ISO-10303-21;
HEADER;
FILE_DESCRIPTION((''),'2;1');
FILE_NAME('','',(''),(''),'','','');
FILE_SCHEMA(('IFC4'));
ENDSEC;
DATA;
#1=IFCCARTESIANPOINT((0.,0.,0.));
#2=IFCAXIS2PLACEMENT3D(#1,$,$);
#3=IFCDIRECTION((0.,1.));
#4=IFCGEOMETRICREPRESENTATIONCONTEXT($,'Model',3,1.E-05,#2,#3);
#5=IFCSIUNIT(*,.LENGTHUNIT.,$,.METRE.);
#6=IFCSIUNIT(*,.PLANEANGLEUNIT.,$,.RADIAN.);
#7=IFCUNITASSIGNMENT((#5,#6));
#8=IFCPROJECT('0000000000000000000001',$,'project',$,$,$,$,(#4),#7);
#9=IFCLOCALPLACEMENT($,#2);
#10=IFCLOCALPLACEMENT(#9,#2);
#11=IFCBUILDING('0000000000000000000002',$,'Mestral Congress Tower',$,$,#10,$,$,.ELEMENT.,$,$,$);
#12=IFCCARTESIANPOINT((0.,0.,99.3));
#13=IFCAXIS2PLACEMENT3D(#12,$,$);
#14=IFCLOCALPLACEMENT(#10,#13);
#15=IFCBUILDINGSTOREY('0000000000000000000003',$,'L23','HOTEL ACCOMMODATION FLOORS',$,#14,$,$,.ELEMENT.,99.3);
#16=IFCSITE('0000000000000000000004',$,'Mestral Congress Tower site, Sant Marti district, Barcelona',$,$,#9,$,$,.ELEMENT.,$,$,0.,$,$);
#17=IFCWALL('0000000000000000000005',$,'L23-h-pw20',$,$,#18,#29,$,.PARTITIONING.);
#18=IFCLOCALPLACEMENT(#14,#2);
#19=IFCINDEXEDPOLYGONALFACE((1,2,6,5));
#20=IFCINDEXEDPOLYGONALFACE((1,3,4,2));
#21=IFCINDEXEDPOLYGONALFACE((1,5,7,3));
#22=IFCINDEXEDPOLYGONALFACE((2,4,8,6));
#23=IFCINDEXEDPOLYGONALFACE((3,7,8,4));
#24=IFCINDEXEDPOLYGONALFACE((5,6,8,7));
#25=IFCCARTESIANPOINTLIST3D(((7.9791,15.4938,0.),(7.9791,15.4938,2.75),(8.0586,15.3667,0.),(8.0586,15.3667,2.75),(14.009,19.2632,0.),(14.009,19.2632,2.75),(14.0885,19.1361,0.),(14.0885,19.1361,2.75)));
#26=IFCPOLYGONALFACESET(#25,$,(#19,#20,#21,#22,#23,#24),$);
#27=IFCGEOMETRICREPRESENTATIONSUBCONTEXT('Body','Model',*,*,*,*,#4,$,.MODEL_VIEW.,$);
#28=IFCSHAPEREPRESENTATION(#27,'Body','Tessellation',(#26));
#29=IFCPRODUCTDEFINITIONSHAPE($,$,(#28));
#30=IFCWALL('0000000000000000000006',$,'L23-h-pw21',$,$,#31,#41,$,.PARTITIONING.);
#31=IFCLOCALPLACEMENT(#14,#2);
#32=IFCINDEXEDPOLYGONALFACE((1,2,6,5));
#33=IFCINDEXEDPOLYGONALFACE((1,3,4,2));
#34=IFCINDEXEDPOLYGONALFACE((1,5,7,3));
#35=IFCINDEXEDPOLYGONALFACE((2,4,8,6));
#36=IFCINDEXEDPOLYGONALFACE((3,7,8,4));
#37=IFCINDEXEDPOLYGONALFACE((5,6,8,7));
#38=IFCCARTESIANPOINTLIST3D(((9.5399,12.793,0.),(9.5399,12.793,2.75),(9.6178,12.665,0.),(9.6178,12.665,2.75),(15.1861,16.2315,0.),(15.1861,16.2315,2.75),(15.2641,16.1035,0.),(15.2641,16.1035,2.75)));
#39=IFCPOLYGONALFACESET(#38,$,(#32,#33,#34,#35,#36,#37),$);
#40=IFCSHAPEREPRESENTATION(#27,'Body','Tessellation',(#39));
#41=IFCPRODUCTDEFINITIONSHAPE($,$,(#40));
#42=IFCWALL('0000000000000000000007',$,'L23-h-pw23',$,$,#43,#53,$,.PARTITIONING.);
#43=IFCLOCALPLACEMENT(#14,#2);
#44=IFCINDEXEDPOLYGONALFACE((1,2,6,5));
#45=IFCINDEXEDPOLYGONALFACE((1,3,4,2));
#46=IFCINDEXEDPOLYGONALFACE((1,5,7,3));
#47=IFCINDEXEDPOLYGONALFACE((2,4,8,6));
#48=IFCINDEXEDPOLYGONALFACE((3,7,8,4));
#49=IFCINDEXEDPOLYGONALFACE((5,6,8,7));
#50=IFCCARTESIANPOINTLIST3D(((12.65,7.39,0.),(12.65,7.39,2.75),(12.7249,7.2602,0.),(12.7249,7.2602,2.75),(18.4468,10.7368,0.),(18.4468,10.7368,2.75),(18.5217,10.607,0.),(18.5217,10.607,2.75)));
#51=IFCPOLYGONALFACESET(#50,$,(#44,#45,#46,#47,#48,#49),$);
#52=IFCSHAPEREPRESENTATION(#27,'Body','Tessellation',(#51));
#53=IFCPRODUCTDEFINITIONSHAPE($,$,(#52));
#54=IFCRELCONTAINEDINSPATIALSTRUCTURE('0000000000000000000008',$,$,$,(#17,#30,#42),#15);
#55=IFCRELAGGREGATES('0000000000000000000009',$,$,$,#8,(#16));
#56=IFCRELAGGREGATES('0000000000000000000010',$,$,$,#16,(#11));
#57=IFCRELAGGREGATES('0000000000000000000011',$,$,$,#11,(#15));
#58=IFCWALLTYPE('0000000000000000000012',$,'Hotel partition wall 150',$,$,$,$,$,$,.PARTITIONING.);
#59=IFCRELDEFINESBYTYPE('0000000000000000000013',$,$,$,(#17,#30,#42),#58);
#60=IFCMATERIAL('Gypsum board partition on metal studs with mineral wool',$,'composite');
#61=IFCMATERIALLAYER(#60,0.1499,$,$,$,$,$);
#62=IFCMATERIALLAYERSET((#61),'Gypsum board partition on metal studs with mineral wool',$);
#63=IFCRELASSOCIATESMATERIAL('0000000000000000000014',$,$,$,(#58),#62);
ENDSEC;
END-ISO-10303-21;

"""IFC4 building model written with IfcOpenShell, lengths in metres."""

from ifc_helpers import new_model, si_unit, direction, frame, frame_2d, origin, place, context, subcontext, project, spatial, rectangle, extrude, material, layer, layer_set, type_object, element, save


model = new_model("IFC4")

# Units and contexts
model_context = context("Model", 3, precision=1e-05, world=origin(), true_north=direction((0.0, 1.0)))
body_context = subcontext(model_context, "Body", "Model", "MODEL_VIEW")
ifc_project = project(units=[si_unit("LENGTHUNIT", "METRE"), si_unit("PLANEANGLEUNIT", "RADIAN")], contexts=[model_context])

# Site, building, storey
site_placement = place(None, origin())
site = spatial("IfcSite", under=ifc_project, at=site_placement, Name="Mestral Congress Tower site, Sant Marti district, Barcelona", CompositionType="ELEMENT", RefElevation=0.0)
building_placement = place(site_placement, origin())
building = spatial("IfcBuilding", under=site, at=building_placement, Name="Mestral Congress Tower", CompositionType="ELEMENT")
storey_placement = place(building_placement, frame((0.0, 0.0, 99.3)))
storey = spatial("IfcBuildingStorey", under=building, at=storey_placement, Name="L23", Description="HOTEL ACCOMMODATION FLOORS", CompositionType="ELEMENT", Elevation=99.3)

# Walls
ifc_material_1 = material(Name="Gypsum board partition on metal studs with mineral wool", Category="composite")
ifc_layer_1 = layer(ifc_material_1, 0.1499)
ifc_layer_set_1 = layer_set([ifc_layer_1], Name="Gypsum board partition on metal studs with mineral wool")
wall_type_1 = type_object("IfcWallType", Name="Hotel partition wall 150", PredefinedType="PARTITIONING", material=ifc_layer_set_1)
wall_1_placement = place(storey_placement, frame((14.0488, 19.1997, 0.0), z_axis=(0.0, 0.0, 1.0), x_axis=(-0.847956, -0.530067, 0.0)))
element("IfcWall", 1, at=wall_1_placement, inside=storey, type_object=wall_type_1, Name="L23-h-pw20", PredefinedType="PARTITIONING", context=body_context, shape_type="SweptSolid", body=[
    extrude(rectangle(XDim=7.1111, YDim=0.1499, at=frame_2d((3.5557, 0.0))), origin(), (0.0, 0.0, 1.0), 2.75),
])
wall_2_placement = place(storey_placement, frame((15.2251, 16.1675, 0.0), z_axis=(0.0, 0.0, 1.0), x_axis=(-0.854089, -0.520127, 0.0)))
element("IfcWall", 2, at=wall_2_placement, inside=storey, type_object=wall_type_1, Name="L23-h-pw21", PredefinedType="PARTITIONING", context=body_context, shape_type="SweptSolid", body=[
    extrude(rectangle(XDim=6.6108, YDim=0.1499, at=frame_2d((3.3054, 0.0))), origin(), (0.0, 0.0, 1.0), 2.75),
])
wall_3_placement = place(storey_placement, frame((18.4841, 10.6719, 0.0), z_axis=(0.0, 0.0, 1.0), x_axis=(-0.866019, -0.500011, 0.0)))
element("IfcWall", 3, at=wall_3_placement, inside=storey, type_object=wall_type_1, Name="L23-h-pw23", PredefinedType="PARTITIONING", context=body_context, shape_type="SweptSolid", body=[
    extrude(rectangle(XDim=6.6936, YDim=0.1499, at=frame_2d((3.3467, 0.0))), origin(), (0.0, 0.0, 1.0), 2.75),
])

save(model, "model.ifc")
